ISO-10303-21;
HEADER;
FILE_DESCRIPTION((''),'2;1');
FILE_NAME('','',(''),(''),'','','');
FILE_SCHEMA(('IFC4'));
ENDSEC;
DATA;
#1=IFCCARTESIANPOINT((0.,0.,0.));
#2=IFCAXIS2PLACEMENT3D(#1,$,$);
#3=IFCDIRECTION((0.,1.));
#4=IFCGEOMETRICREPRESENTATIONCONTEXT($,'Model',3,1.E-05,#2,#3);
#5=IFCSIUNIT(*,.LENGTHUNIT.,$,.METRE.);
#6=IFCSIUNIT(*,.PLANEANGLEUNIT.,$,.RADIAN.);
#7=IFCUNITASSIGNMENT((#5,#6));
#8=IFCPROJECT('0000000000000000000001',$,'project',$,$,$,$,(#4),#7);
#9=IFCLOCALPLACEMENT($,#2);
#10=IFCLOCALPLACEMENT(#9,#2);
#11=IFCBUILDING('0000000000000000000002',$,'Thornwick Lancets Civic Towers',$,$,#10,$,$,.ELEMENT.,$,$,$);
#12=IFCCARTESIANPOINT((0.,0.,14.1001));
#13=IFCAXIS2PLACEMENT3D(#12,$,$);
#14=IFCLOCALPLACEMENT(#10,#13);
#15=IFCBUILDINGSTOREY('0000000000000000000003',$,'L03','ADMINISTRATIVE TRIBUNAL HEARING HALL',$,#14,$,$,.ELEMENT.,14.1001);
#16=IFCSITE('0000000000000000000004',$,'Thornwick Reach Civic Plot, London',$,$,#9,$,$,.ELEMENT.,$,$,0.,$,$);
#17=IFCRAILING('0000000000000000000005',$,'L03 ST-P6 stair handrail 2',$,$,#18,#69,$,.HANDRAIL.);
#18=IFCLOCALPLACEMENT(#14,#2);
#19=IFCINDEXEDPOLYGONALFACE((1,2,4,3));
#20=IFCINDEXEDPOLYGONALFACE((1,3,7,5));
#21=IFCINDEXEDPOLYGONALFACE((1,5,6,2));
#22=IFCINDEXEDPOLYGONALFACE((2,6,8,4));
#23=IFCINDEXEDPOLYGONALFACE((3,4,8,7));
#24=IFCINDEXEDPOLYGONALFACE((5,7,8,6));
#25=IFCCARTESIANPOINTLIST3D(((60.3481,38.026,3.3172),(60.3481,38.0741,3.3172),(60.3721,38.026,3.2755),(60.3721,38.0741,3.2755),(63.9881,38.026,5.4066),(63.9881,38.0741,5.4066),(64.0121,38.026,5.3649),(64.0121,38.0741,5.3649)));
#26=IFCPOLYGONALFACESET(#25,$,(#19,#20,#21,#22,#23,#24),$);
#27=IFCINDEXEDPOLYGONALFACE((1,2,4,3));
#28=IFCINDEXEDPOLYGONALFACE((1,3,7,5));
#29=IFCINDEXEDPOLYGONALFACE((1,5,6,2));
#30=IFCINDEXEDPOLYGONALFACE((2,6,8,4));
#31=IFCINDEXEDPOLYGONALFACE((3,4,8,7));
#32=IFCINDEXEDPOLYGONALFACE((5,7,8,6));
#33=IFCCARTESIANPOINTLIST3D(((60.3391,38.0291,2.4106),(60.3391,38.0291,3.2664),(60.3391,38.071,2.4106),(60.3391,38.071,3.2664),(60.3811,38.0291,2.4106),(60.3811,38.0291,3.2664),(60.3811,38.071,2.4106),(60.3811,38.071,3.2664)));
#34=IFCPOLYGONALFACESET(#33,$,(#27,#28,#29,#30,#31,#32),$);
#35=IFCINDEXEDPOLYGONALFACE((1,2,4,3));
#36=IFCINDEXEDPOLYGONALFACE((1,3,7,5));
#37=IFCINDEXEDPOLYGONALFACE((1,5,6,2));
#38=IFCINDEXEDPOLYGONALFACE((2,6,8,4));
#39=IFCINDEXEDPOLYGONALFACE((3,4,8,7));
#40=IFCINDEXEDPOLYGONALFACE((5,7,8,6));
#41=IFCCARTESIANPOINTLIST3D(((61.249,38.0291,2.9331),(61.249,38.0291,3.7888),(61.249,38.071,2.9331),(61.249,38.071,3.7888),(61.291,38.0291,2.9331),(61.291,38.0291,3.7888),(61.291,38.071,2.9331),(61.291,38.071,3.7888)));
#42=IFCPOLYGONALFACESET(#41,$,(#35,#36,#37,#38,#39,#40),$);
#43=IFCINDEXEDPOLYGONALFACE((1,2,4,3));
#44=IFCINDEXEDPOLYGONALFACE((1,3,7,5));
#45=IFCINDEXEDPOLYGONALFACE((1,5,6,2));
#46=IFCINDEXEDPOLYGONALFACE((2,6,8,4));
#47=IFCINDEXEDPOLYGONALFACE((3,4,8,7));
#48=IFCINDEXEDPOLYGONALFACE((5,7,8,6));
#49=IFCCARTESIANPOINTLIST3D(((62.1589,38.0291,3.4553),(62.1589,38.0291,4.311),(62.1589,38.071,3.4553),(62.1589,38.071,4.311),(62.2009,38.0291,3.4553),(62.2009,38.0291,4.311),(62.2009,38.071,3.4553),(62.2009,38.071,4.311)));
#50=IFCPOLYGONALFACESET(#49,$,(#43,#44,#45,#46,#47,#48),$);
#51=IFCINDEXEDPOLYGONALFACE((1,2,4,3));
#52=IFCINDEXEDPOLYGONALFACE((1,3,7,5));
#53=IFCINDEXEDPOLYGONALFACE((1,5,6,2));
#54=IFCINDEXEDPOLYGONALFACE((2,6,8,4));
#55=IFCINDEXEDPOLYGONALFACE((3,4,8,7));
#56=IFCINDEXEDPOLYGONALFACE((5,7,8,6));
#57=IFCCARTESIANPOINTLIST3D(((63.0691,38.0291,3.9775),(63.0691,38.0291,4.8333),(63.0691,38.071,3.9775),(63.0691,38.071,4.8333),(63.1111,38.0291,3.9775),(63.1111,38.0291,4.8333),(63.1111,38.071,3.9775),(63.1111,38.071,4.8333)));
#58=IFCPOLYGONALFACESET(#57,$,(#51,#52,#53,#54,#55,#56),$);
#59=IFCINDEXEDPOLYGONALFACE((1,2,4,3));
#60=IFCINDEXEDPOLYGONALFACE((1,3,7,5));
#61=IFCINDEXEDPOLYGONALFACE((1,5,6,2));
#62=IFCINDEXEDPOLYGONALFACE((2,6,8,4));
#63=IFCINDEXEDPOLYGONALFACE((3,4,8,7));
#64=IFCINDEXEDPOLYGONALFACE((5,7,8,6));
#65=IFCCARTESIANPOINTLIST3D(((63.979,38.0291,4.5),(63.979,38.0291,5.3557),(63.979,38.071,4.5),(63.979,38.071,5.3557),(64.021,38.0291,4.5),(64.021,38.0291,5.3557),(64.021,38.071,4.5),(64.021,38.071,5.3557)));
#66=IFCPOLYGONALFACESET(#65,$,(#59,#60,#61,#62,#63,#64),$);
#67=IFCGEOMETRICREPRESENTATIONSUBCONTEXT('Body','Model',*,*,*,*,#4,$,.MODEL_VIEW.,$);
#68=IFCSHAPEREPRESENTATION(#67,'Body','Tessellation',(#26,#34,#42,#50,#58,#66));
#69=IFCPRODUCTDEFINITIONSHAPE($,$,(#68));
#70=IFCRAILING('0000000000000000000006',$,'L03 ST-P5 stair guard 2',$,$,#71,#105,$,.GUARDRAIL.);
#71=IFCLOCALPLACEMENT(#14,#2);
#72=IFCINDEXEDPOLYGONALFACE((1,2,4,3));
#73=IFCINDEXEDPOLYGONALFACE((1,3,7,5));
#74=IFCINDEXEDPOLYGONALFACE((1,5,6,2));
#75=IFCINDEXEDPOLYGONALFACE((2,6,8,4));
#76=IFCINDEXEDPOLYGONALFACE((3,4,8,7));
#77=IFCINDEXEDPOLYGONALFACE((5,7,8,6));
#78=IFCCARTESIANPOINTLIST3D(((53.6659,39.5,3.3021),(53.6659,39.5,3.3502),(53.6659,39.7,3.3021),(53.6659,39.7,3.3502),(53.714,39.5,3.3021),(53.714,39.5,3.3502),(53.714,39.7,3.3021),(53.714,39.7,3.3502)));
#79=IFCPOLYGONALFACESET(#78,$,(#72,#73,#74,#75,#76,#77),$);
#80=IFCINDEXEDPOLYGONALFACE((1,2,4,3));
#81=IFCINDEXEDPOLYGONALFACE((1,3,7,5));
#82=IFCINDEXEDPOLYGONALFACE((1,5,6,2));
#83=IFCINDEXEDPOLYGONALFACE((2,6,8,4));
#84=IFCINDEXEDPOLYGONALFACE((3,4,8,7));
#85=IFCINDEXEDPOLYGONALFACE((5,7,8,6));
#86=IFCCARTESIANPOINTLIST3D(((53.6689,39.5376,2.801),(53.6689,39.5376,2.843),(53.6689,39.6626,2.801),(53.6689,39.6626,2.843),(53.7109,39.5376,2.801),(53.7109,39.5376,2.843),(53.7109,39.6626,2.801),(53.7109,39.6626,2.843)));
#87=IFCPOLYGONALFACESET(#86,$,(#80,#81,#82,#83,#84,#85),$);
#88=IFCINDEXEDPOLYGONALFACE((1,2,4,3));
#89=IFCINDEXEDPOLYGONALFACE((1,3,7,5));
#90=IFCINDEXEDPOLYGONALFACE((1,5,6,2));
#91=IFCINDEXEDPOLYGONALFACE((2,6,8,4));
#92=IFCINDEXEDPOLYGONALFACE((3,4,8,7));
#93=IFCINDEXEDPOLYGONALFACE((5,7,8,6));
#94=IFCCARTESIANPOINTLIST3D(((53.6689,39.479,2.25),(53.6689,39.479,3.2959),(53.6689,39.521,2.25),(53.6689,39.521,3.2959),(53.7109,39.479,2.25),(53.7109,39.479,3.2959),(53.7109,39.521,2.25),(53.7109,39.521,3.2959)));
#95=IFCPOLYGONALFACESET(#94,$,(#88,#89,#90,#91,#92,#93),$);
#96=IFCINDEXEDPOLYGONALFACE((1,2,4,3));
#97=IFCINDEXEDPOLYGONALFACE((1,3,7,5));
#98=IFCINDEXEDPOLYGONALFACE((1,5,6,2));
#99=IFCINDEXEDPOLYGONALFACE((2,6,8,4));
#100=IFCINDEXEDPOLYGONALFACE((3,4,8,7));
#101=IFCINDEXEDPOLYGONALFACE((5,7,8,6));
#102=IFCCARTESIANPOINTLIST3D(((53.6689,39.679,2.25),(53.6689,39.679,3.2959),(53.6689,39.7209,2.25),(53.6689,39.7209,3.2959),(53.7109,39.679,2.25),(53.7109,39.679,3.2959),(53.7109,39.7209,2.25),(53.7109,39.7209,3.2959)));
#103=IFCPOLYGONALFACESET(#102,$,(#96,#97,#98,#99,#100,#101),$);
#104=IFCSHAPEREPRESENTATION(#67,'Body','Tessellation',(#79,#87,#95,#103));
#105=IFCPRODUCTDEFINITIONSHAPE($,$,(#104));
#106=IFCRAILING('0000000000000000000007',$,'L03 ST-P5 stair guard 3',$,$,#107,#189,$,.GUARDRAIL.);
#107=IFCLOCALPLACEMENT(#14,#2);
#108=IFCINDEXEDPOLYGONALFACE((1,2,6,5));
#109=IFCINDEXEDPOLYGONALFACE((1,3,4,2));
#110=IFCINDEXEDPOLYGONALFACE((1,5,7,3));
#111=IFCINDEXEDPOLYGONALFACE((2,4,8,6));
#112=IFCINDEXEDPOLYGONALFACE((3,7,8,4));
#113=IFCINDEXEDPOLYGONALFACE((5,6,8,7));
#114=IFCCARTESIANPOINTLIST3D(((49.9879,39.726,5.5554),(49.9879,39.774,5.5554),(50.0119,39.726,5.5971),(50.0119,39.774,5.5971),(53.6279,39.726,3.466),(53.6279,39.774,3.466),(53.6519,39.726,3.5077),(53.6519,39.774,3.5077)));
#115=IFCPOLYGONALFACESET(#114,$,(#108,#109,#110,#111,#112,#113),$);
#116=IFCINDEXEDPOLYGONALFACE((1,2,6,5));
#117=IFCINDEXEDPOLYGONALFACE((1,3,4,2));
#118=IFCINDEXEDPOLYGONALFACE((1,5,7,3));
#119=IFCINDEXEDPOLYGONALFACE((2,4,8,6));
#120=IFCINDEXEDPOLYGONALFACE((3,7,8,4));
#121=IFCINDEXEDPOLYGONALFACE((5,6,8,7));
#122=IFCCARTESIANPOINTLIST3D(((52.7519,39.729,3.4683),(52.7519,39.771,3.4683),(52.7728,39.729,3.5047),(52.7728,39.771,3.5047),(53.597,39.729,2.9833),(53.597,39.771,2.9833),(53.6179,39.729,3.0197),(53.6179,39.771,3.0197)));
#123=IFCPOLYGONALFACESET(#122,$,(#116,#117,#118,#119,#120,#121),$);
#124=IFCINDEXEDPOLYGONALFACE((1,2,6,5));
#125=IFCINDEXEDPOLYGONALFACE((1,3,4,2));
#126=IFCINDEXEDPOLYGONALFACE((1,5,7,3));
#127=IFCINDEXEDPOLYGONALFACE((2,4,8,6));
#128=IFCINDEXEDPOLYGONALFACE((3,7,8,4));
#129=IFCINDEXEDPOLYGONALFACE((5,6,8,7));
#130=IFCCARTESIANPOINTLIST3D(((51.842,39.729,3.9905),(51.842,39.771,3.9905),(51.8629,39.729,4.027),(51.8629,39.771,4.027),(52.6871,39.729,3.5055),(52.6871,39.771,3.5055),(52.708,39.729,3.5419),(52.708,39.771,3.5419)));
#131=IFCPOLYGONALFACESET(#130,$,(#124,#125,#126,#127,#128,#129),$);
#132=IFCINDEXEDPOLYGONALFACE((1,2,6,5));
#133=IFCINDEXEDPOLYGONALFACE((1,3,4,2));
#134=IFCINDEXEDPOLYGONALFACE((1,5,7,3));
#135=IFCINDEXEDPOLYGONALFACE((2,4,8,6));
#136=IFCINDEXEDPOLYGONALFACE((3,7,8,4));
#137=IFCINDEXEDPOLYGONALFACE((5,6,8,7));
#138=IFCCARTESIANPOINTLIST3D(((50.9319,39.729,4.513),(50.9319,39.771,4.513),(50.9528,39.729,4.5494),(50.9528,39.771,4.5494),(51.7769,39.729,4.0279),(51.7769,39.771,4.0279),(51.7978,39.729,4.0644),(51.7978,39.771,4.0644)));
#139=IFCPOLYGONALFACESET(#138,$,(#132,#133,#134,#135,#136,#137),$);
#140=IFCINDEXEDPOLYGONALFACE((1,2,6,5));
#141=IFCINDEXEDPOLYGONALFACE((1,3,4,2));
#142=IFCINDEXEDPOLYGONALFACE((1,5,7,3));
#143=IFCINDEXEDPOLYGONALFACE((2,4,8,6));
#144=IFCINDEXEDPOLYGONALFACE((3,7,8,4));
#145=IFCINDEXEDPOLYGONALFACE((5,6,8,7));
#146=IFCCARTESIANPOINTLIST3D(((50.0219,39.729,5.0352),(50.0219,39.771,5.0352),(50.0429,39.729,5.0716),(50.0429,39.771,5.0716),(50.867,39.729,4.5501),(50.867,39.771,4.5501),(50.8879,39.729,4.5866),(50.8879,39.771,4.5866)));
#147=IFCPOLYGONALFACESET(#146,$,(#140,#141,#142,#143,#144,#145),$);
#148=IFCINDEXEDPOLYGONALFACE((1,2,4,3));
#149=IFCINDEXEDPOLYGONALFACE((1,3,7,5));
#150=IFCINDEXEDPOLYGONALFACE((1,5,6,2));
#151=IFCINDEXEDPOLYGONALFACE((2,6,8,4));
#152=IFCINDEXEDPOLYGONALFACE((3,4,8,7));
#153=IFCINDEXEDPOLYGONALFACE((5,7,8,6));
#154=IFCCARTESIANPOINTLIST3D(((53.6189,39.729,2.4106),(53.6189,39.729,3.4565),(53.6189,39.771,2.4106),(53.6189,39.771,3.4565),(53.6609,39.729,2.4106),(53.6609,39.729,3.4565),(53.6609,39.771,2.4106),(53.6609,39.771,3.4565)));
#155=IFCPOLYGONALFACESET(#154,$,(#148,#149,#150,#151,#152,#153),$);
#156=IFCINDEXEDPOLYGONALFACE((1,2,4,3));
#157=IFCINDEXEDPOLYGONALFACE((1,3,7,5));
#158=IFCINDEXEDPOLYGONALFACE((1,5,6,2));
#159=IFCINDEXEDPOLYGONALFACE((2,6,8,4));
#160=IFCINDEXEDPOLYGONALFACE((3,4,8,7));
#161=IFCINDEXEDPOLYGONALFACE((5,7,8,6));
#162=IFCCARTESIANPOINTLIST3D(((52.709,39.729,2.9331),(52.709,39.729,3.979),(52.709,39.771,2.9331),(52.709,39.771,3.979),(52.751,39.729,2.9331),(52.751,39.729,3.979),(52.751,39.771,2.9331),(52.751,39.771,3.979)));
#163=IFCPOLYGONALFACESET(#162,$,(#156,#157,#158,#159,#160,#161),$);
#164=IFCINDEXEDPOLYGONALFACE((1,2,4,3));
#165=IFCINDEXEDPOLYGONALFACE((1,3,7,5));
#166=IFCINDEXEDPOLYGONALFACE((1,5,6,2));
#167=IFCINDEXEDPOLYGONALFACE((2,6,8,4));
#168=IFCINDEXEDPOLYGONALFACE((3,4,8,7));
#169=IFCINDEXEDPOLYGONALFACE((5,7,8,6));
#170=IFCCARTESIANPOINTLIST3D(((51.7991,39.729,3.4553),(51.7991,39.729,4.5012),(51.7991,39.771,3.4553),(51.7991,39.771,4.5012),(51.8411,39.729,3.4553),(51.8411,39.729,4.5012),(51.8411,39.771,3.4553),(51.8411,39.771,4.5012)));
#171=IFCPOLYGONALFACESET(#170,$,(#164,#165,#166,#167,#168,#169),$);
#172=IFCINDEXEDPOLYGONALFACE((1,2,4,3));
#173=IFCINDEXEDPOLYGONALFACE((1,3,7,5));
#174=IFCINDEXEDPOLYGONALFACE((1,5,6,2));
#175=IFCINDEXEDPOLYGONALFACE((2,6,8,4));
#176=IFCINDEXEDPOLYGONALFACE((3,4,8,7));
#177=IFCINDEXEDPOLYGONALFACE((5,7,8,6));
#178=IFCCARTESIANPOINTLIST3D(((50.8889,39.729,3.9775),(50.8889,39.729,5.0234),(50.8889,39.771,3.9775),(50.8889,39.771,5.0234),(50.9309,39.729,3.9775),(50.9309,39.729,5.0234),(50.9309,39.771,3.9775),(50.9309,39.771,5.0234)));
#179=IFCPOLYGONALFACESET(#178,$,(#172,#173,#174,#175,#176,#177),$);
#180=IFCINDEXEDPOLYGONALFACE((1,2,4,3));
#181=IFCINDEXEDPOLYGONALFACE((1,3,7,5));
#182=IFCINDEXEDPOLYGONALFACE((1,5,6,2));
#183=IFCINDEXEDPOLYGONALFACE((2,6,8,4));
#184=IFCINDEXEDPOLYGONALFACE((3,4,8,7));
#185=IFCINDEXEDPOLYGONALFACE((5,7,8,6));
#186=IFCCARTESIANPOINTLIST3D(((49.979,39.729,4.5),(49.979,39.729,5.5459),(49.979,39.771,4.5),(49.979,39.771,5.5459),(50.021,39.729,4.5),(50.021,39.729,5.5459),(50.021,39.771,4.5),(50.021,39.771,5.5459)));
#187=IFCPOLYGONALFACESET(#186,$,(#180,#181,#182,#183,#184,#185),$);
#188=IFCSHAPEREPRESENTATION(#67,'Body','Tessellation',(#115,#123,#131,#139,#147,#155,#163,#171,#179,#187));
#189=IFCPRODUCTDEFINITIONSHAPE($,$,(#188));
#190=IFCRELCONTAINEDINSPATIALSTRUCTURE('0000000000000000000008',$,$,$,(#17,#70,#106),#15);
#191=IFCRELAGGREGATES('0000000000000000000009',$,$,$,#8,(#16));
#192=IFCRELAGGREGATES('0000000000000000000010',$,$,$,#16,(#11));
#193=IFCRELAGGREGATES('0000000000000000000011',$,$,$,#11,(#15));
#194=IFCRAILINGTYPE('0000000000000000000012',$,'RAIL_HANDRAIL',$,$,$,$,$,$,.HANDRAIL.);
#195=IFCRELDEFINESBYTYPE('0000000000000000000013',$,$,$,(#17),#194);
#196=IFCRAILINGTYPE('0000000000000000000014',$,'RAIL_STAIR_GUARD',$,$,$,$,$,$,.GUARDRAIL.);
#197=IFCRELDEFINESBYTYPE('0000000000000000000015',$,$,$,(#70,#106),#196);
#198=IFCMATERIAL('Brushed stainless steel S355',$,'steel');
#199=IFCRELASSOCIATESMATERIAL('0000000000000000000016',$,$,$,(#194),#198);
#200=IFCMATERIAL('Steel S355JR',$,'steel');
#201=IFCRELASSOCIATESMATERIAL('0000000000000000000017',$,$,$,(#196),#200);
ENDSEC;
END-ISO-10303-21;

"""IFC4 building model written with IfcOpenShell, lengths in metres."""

from ifc_helpers import new_model, si_unit, direction, frame, origin, origin_2d, place, context, subcontext, project, spatial, rectangle, extrude, material, type_object, element, save


model = new_model("IFC4")

# Units and contexts
model_context = context("Model", 3, precision=1e-05, world=origin(), true_north=direction((0.0, 1.0)))
body_context = subcontext(model_context, "Body", "Model", "MODEL_VIEW")
ifc_project = project(units=[si_unit("LENGTHUNIT", "METRE"), si_unit("PLANEANGLEUNIT", "RADIAN")], contexts=[model_context])

# Site, building, storey
site_placement = place(None, origin())
site = spatial("IfcSite", under=ifc_project, at=site_placement, Name="Thornwick Reach Civic Plot, London", CompositionType="ELEMENT", RefElevation=0.0)
building_placement = place(site_placement, origin())
building = spatial("IfcBuilding", under=site, at=building_placement, Name="Thornwick Lancets Civic Towers", CompositionType="ELEMENT")
storey_placement = place(building_placement, frame((0.0, 0.0, 14.1001)))
storey = spatial("IfcBuildingStorey", under=building, at=storey_placement, Name="L03", Description="ADMINISTRATIVE TRIBUNAL HEARING HALL", CompositionType="ELEMENT", Elevation=14.1001)

# Shared definitions
ifc_material_1 = material(Name="Steel S355JR", Category="steel")

# Railings
ifc_material_2 = material(Name="Brushed stainless steel S355", Category="steel")
railing_type_1 = type_object("IfcRailingType", Name="RAIL_HANDRAIL", PredefinedType="HANDRAIL", material=ifc_material_2)
railing_1_placement = place(storey_placement, frame((60.3601, 38.05, 2.4106)))
element("IfcRailing", 1, at=railing_1_placement, inside=storey, type_object=railing_type_1, Name="L03 ST-P6 stair handrail 2", PredefinedType="HANDRAIL", context=body_context, shape_type="SweptSolid", body=[
    extrude(rectangle(XDim=0.0481, YDim=0.0481, at=origin_2d()), frame((0.0, 0.0, 0.8857), z_axis=(0.867275, 0.0, 0.497829), x_axis=(0.0, 1.0, 0.0)), (0.0, 0.0, 1.0), 4.197),
    extrude(rectangle(XDim=0.042, YDim=0.042, at=origin_2d()), origin(), (0.0, 0.0, 1.0), 0.8557),
    extrude(rectangle(XDim=0.042, YDim=0.042, at=origin_2d()), frame((0.9099, 0.0, 0.5225)), (0.0, 0.0, 1.0), 0.8557),
    extrude(rectangle(XDim=0.042, YDim=0.042, at=origin_2d()), frame((1.8198, 0.0, 1.0447)), (0.0, 0.0, 1.0), 0.8557),
    extrude(rectangle(XDim=0.042, YDim=0.042, at=origin_2d()), frame((2.73, 0.0, 1.5669)), (0.0, 0.0, 1.0), 0.8557),
    extrude(rectangle(XDim=0.042, YDim=0.042, at=origin_2d()), frame((3.6399, 0.0, 2.0894)), (0.0, 0.0, 1.0), 0.8557),
])
railing_type_2 = type_object("IfcRailingType", Name="RAIL_STAIR_GUARD", PredefinedType="GUARDRAIL", material=ifc_material_1)
railing_2_placement = place(storey_placement, frame((53.6899, 39.5, 2.25)))
element("IfcRailing", 2, at=railing_2_placement, inside=storey, type_object=railing_type_2, Name="L03 ST-P5 stair guard 2", PredefinedType="GUARDRAIL", context=body_context, shape_type="SweptSolid", body=[
    extrude(rectangle(XDim=0.0481, YDim=0.0481, at=origin_2d()), frame((0.0, 0.0, 1.0762), z_axis=(0.0, 1.0, 0.0), x_axis=(-1.0, 0.0, 0.0)), (0.0, 0.0, 1.0), 0.2),
    extrude(rectangle(XDim=0.042, YDim=0.042, at=origin_2d()), frame((0.0, 0.0376, 0.572), z_axis=(0.0, 1.0, 0.0), x_axis=(-1.0, 0.0, 0.0)), (0.0, 0.0, 1.0), 0.125),
    extrude(rectangle(XDim=0.042, YDim=0.042, at=origin_2d()), origin(), (0.0, 0.0, 1.0), 1.0459),
    extrude(rectangle(XDim=0.042, YDim=0.042, at=origin_2d()), frame((0.0, 0.2, 0.0)), (0.0, 0.0, 1.0), 1.0459),
])
railing_3_placement = place(storey_placement, frame((53.6399, 39.75, 2.4106)))
element("IfcRailing", 3, at=railing_3_placement, inside=storey, type_object=railing_type_2, Name="L03 ST-P5 stair guard 3", PredefinedType="GUARDRAIL", context=body_context, shape_type="SweptSolid", body=[
    extrude(rectangle(XDim=0.0481, YDim=0.0481, at=origin_2d()), frame((0.0, 0.0, 1.0762), z_axis=(-0.867275, 0.0, 0.497829), x_axis=(0.0, -1.0, 0.0)), (0.0, 0.0, 1.0), 4.197),
    extrude(rectangle(XDim=0.042, YDim=0.042, at=origin_2d()), frame((-0.0325, 0.0, 0.5908), z_axis=(-0.867275, 0.0, 0.497829), x_axis=(0.0, -1.0, 0.0)), (0.0, 0.0, 1.0), 0.9744),
    extrude(rectangle(XDim=0.042, YDim=0.042, at=origin_2d()), frame((-0.9424, 0.0, 1.113), z_axis=(-0.867275, 0.0, 0.497829), x_axis=(0.0, -1.0, 0.0)), (0.0, 0.0, 1.0), 0.9744),
    extrude(rectangle(XDim=0.042, YDim=0.042, at=origin_2d()), frame((-1.8525, 0.0, 1.6355), z_axis=(-0.867275, 0.0, 0.497829), x_axis=(0.0, -1.0, 0.0)), (0.0, 0.0, 1.0), 0.9744),
    extrude(rectangle(XDim=0.042, YDim=0.042, at=origin_2d()), frame((-2.7625, 0.0, 2.1577), z_axis=(-0.867275, 0.0, 0.497829), x_axis=(0.0, -1.0, 0.0)), (0.0, 0.0, 1.0), 0.9744),
    extrude(rectangle(XDim=0.042, YDim=0.042, at=origin_2d()), origin(), (0.0, 0.0, 1.0), 1.0459),
    extrude(rectangle(XDim=0.042, YDim=0.042, at=origin_2d()), frame((-0.9099, 0.0, 0.5225)), (0.0, 0.0, 1.0), 1.0459),
    extrude(rectangle(XDim=0.042, YDim=0.042, at=origin_2d()), frame((-1.8198, 0.0, 1.0447)), (0.0, 0.0, 1.0), 1.0459),
    extrude(rectangle(XDim=0.042, YDim=0.042, at=origin_2d()), frame((-2.73, 0.0, 1.5669)), (0.0, 0.0, 1.0), 1.0459),
    extrude(rectangle(XDim=0.042, YDim=0.042, at=origin_2d()), frame((-3.6399, 0.0, 2.0894)), (0.0, 0.0, 1.0), 1.0459),
])

save(model, "model.ifc")
